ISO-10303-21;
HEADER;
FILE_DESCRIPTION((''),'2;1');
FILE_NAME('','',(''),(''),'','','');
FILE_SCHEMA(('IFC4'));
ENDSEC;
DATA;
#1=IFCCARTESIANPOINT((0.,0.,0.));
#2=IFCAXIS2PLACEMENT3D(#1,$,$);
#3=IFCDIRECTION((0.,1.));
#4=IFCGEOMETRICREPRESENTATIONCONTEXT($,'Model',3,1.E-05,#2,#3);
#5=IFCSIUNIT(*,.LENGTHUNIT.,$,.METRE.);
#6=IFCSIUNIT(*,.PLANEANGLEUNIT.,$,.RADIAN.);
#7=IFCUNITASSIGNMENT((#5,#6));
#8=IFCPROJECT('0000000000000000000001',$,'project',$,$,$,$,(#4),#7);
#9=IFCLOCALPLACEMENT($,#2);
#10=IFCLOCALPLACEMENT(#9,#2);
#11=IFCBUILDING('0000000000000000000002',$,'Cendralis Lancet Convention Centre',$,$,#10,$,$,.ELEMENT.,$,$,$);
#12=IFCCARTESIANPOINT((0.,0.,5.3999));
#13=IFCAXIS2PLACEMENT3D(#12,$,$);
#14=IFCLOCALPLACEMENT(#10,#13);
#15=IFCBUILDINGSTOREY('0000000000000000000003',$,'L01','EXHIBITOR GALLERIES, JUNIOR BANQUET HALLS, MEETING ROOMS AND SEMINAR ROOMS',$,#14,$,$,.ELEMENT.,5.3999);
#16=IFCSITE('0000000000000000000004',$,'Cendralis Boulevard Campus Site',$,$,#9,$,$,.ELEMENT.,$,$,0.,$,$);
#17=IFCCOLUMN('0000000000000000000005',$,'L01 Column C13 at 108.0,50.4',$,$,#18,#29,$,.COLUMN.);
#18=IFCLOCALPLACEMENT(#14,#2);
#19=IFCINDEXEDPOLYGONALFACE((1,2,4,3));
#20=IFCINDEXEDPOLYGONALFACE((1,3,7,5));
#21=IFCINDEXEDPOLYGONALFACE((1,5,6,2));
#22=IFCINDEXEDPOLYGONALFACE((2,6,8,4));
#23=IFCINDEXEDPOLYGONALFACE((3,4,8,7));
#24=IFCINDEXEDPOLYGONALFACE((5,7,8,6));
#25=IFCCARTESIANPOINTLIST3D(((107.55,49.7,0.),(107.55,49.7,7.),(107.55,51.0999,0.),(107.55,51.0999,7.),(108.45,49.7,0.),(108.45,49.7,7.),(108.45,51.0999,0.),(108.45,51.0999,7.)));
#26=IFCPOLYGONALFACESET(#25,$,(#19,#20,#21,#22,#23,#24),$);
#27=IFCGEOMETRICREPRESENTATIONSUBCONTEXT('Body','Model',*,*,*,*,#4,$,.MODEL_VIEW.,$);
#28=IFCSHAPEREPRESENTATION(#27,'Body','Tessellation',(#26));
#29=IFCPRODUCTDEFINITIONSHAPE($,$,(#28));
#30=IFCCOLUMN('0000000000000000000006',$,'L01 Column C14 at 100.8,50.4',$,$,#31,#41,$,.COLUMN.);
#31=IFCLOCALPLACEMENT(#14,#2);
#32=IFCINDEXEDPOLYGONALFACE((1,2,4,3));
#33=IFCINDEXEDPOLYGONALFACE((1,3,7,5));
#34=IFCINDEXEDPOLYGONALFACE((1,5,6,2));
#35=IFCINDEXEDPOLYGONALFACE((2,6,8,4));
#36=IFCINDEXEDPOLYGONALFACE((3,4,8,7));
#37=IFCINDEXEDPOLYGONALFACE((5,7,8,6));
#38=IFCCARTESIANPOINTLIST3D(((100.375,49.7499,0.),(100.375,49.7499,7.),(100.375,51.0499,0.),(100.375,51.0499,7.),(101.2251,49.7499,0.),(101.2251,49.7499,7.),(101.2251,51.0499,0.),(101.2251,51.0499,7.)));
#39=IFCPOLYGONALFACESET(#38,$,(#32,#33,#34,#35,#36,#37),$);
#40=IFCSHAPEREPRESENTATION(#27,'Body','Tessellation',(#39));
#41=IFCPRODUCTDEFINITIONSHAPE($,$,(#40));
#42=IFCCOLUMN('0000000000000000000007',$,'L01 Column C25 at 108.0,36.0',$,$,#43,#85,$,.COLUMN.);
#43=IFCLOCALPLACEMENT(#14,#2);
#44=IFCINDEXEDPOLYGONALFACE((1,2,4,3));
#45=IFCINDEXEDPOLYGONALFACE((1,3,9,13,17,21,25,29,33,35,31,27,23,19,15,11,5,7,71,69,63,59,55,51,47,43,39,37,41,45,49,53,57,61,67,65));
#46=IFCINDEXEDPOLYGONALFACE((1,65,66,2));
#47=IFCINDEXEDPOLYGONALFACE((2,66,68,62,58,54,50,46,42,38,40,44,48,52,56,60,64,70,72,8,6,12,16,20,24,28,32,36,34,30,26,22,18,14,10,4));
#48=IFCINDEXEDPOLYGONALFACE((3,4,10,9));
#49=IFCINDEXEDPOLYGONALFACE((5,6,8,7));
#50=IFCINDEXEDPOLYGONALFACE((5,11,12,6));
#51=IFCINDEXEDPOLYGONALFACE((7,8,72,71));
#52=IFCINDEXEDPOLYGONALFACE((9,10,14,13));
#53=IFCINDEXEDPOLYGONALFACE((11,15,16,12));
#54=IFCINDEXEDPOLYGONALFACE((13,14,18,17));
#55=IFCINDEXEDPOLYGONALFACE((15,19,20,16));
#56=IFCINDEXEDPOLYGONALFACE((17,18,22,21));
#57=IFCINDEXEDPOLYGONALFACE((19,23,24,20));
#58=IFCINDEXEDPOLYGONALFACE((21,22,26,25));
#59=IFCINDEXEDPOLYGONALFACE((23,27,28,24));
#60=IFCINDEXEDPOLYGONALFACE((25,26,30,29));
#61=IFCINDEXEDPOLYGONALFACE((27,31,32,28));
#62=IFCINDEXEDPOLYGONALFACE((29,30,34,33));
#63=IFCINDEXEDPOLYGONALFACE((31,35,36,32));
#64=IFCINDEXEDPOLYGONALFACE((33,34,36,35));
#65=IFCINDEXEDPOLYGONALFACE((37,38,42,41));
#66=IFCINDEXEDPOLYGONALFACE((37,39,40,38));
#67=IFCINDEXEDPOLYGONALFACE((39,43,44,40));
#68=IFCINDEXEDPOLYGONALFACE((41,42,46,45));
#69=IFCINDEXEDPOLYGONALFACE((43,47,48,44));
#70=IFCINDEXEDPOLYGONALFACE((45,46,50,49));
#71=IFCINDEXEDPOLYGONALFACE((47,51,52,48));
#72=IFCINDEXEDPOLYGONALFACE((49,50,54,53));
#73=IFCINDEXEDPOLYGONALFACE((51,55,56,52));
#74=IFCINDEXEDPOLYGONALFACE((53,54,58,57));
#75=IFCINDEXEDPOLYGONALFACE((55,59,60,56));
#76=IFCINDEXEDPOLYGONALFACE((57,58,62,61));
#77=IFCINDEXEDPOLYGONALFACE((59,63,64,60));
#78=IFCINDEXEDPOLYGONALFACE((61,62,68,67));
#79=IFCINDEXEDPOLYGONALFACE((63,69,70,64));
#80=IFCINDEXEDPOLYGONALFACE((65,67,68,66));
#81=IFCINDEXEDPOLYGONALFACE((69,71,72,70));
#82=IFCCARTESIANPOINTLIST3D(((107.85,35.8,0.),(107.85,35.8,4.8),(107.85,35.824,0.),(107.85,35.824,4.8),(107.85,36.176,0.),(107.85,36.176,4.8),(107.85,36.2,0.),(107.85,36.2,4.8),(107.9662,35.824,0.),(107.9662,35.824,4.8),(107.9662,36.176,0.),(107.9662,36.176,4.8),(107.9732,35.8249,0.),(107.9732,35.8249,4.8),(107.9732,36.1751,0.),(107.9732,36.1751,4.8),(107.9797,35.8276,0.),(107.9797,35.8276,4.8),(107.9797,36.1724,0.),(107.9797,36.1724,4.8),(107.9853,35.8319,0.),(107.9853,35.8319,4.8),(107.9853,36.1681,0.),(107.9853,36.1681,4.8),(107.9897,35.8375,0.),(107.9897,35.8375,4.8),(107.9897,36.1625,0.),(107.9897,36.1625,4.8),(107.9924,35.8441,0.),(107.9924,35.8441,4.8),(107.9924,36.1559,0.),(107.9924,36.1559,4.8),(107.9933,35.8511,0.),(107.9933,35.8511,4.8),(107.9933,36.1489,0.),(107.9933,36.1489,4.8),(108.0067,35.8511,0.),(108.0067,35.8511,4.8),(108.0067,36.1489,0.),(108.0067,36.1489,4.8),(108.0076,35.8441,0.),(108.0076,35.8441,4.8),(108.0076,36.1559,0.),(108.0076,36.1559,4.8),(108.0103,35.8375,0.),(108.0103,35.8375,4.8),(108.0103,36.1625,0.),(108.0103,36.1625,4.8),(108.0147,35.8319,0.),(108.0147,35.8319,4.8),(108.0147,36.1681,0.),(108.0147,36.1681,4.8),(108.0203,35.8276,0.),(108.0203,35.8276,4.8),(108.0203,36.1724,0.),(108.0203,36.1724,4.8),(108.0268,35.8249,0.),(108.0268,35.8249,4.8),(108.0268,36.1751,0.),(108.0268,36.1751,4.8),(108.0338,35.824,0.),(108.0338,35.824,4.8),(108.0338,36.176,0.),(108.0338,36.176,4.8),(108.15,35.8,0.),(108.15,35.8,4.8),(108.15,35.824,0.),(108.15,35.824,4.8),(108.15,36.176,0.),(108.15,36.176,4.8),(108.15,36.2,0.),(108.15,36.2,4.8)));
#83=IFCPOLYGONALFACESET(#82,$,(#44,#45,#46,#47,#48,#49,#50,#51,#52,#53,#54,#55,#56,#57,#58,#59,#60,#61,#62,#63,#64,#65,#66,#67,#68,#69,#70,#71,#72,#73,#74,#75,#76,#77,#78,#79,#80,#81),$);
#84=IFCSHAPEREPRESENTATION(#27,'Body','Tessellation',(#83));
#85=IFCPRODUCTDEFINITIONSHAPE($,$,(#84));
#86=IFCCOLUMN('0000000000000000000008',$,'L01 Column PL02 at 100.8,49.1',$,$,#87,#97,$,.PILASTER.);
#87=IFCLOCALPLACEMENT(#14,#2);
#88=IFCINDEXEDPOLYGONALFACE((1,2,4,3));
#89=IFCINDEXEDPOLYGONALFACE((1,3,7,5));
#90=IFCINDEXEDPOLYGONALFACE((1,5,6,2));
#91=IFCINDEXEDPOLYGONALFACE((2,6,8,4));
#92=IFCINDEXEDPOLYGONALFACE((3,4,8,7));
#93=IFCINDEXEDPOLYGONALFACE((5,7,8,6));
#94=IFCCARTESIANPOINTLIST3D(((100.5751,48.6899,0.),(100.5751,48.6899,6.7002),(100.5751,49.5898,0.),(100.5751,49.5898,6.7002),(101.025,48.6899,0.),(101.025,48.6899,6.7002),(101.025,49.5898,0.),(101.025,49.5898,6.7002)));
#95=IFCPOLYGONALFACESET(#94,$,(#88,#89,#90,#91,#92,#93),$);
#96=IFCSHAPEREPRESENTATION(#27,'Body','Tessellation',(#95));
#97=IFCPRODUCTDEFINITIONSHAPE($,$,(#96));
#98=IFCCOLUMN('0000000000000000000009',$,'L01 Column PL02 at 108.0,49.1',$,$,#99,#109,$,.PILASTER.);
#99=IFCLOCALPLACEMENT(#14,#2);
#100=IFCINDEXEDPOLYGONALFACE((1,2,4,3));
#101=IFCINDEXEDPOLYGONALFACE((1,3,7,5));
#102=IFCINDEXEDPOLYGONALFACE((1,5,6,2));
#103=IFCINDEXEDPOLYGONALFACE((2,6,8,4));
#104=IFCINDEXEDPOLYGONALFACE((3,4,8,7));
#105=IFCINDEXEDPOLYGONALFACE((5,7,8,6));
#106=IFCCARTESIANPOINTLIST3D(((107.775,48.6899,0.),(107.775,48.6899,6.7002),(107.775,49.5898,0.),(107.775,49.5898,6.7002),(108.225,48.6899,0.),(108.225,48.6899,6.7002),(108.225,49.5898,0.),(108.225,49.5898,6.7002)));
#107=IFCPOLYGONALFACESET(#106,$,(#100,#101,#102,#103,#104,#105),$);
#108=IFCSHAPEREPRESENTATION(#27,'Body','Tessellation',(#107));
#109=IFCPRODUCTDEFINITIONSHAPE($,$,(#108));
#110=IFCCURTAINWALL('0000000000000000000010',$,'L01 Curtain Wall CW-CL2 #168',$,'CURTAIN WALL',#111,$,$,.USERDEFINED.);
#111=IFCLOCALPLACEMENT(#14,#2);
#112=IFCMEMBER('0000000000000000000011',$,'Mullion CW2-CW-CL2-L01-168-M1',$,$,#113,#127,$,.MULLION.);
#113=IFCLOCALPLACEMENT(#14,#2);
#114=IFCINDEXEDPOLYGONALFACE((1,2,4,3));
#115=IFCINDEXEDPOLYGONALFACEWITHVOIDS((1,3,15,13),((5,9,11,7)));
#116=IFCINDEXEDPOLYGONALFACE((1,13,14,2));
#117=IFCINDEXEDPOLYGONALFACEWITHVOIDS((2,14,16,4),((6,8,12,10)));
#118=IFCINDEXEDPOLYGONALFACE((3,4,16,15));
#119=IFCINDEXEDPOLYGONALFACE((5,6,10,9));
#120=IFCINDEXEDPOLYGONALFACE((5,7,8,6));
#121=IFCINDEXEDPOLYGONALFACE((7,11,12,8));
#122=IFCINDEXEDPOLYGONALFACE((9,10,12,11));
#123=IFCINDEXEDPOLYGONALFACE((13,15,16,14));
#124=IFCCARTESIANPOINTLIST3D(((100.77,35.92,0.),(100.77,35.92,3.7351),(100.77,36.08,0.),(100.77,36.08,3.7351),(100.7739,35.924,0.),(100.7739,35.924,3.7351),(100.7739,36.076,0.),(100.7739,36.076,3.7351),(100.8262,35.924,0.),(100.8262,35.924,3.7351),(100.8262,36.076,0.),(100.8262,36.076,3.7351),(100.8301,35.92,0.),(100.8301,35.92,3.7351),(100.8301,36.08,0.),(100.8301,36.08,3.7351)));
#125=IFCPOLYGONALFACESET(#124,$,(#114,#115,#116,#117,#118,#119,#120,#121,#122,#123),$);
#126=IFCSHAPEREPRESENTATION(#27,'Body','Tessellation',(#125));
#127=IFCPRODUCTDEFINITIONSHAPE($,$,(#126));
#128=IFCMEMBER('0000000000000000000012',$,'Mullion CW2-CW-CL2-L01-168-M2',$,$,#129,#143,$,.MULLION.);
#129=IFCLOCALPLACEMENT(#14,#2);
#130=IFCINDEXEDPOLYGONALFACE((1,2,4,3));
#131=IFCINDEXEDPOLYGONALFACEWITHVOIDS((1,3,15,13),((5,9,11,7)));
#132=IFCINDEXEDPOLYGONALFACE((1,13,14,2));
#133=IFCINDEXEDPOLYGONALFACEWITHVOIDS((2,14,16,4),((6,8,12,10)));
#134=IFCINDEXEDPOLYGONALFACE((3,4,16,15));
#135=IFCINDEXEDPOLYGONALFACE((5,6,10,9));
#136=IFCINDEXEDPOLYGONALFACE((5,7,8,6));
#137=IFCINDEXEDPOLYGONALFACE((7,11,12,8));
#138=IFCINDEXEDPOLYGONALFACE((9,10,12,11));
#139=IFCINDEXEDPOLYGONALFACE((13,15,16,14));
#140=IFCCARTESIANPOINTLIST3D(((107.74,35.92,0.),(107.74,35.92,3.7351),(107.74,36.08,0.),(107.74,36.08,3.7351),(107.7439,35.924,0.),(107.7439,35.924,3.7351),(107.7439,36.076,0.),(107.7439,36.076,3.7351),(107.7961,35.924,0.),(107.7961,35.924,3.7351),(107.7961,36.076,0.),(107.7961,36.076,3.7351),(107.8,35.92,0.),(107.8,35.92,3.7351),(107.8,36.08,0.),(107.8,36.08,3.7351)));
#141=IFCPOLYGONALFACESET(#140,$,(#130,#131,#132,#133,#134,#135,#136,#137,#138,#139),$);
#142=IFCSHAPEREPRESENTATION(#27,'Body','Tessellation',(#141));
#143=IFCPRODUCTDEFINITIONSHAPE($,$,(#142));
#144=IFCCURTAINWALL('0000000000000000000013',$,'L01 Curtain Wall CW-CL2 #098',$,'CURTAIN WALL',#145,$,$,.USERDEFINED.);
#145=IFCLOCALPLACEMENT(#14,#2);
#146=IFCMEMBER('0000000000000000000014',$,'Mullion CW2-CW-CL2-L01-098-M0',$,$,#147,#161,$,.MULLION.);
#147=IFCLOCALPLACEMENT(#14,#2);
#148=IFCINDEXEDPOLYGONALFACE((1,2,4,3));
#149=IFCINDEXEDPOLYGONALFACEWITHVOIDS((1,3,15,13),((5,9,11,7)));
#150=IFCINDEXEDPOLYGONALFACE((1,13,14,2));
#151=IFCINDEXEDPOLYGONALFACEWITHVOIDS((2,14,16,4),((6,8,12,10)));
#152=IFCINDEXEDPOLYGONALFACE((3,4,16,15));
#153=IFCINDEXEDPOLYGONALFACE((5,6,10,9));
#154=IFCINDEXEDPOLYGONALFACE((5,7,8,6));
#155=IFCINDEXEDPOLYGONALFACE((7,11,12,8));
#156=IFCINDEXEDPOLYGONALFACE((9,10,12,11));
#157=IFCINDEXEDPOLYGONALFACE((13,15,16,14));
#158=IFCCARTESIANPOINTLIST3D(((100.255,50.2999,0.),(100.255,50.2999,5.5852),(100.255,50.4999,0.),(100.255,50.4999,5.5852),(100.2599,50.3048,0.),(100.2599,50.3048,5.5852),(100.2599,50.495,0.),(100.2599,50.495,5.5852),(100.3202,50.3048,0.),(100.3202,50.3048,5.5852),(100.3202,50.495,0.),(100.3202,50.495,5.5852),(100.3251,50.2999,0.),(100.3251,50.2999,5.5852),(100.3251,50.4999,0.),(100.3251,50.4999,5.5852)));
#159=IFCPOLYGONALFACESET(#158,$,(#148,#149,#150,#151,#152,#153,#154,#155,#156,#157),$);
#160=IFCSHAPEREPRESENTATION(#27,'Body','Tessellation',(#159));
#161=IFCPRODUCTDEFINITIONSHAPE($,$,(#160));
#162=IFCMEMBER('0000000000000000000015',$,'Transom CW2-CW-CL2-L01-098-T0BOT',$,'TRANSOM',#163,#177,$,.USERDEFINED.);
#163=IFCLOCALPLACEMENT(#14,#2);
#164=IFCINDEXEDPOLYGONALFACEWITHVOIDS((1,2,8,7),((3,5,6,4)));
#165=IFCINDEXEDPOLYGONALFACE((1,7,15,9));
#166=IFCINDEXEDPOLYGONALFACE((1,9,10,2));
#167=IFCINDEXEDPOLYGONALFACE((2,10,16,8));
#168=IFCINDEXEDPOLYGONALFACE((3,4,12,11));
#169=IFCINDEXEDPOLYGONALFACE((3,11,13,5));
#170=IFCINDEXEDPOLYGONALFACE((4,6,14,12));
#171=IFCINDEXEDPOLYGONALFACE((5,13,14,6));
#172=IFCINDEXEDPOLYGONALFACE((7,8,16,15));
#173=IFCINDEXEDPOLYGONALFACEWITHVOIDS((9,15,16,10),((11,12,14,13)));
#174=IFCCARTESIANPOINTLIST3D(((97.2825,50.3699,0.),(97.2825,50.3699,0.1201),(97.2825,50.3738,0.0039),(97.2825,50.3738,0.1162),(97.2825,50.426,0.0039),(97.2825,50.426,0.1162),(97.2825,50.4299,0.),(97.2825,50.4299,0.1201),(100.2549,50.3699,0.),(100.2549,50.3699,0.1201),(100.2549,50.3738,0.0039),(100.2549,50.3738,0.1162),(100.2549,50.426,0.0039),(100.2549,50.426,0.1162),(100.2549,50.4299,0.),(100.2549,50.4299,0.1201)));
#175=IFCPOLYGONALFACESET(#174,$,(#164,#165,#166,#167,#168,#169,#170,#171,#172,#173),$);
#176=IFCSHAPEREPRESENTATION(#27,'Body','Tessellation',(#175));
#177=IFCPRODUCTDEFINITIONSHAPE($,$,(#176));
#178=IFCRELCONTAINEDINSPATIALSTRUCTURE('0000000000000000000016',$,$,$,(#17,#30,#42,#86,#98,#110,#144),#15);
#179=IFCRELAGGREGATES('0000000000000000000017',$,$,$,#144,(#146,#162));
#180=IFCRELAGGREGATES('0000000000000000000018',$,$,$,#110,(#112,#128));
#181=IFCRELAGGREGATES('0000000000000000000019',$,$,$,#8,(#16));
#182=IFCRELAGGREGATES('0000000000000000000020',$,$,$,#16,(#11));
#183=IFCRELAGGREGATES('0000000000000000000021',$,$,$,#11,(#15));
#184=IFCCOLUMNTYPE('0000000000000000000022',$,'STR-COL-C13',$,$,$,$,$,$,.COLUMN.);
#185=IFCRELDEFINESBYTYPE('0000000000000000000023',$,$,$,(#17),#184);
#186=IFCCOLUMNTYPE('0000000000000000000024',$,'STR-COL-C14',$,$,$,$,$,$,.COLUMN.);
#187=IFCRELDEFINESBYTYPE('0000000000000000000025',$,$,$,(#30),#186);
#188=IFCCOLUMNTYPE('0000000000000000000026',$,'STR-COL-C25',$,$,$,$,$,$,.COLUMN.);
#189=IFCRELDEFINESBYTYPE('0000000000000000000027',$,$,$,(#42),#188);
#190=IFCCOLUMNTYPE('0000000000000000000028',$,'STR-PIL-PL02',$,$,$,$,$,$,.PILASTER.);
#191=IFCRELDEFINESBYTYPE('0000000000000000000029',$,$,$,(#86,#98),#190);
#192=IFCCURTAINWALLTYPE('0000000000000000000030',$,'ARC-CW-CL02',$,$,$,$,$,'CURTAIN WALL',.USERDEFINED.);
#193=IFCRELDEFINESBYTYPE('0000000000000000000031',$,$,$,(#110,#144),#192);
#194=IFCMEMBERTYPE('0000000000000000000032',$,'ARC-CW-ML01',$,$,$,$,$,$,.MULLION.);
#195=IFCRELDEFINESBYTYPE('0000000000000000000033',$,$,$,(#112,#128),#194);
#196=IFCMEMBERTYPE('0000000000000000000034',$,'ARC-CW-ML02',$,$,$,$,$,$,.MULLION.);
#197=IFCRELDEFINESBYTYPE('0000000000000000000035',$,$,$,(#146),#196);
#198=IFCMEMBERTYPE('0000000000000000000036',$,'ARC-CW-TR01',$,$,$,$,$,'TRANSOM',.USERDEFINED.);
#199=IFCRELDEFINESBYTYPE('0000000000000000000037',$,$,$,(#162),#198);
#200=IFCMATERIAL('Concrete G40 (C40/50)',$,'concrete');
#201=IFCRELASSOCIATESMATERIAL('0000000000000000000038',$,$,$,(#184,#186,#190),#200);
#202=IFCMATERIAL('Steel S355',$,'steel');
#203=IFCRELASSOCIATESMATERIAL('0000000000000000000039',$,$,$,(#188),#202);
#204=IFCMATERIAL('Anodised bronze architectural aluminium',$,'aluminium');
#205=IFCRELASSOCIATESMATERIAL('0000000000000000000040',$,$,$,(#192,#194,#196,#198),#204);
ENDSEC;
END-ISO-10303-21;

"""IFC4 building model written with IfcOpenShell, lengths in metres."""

from ifc_helpers import new_model, si_unit, direction, frame, origin, origin_2d, place, context, subcontext, project, spatial, rectangle, hollow_rectangle, i_section, extrude, material, material_profile, profile_set, type_object, element, aggregate, save


model = new_model("IFC4")

# Units and contexts
model_context = context("Model", 3, precision=1e-05, world=origin(), true_north=direction((0.0, 1.0)))
body_context = subcontext(model_context, "Body", "Model", "MODEL_VIEW")
ifc_project = project(units=[si_unit("LENGTHUNIT", "METRE"), si_unit("PLANEANGLEUNIT", "RADIAN")], contexts=[model_context])

# Site, building, storey
site_placement = place(None, origin())
site = spatial("IfcSite", under=ifc_project, at=site_placement, Name="Cendralis Boulevard Campus Site", CompositionType="ELEMENT", RefElevation=0.0)
building_placement = place(site_placement, origin())
building = spatial("IfcBuilding", under=site, at=building_placement, Name="Cendralis Lancet Convention Centre", CompositionType="ELEMENT")
storey_placement = place(building_placement, frame((0.0, 0.0, 5.3999)))
storey = spatial("IfcBuildingStorey", under=building, at=storey_placement, Name="L01", Description="EXHIBITOR GALLERIES, JUNIOR BANQUET HALLS, MEETING ROOMS AND SEMINAR ROOMS", CompositionType="ELEMENT", Elevation=5.3999)

# Columns
ifc_material_1 = material(Name="Concrete G40 (C40/50)", Category="concrete")
ifc_material_profile_1 = material_profile(ifc_material_1, rectangle(XDim=0.8999, YDim=1.3999, at=origin_2d()), Name="RC 900x1400")
ifc_profile_set_1 = profile_set([ifc_material_profile_1], Name="Concrete G40 (C40/50)")
column_type_1 = type_object("IfcColumnType", Name="STR-COL-C13", PredefinedType="COLUMN", material=ifc_profile_set_1)
column_1_placement = place(storey_placement, frame((108.0, 50.3999, 0.0), z_axis=(0.0, 0.0, 1.0), x_axis=(1.0, 0.0, 0.0)))
element("IfcColumn", 1, at=column_1_placement, inside=storey, type_object=column_type_1, Name="L01 Column C13 at 108.0,50.4", PredefinedType="COLUMN", context=body_context, shape_type="SweptSolid", body=[
    extrude(rectangle(XDim=0.8999, YDim=1.3999, at=origin_2d()), origin(), (0.0, 0.0, 1.0), 7.0),
])
ifc_material_profile_2 = material_profile(ifc_material_1, rectangle(XDim=0.8501, YDim=1.3, at=origin_2d()), Name="RC 850x1300")
ifc_profile_set_2 = profile_set([ifc_material_profile_2], Name="Concrete G40 (C40/50)")
column_type_2 = type_object("IfcColumnType", Name="STR-COL-C14", PredefinedType="COLUMN", material=ifc_profile_set_2)
column_2_placement = place(storey_placement, frame((100.8, 50.3999, 0.0), z_axis=(0.0, 0.0, 1.0), x_axis=(1.0, 0.0, 0.0)))
element("IfcColumn", 2, at=column_2_placement, inside=storey, type_object=column_type_2, Name="L01 Column C14 at 100.8,50.4", PredefinedType="COLUMN", context=body_context, shape_type="SweptSolid", body=[
    extrude(rectangle(XDim=0.8501, YDim=1.3, at=origin_2d()), origin(), (0.0, 0.0, 1.0), 7.0),
])
ifc_material_2 = material(Name="Steel S355", Category="steel")
ifc_material_profile_3 = material_profile(ifc_material_2, i_section(OverallWidth=0.3, OverallDepth=0.3999, WebThickness=0.0134, FlangeThickness=0.0239, FilletRadius=0.0271, at=origin_2d()), Name="HEB 400")
ifc_profile_set_3 = profile_set([ifc_material_profile_3], Name="Steel S355")
column_type_3 = type_object("IfcColumnType", Name="STR-COL-C25", PredefinedType="COLUMN", material=ifc_profile_set_3)
column_3_placement = place(storey_placement, frame((108.0, 36.0, 0.0), z_axis=(0.0, 0.0, 1.0), x_axis=(1.0, 0.0, 0.0)))
element("IfcColumn", 3, at=column_3_placement, inside=storey, type_object=column_type_3, Name="L01 Column C25 at 108.0,36.0", PredefinedType="COLUMN", context=body_context, shape_type="SweptSolid", body=[
    extrude(i_section(OverallWidth=0.3, OverallDepth=0.3999, WebThickness=0.0134, FlangeThickness=0.0239, FilletRadius=0.0271, at=origin_2d()), origin(), (0.0, 0.0, 1.0), 4.8),
])
ifc_material_profile_4 = material_profile(ifc_material_1, rectangle(XDim=0.45, YDim=0.8999, at=origin_2d()), Name="RC 450x900")
ifc_profile_set_4 = profile_set([ifc_material_profile_4], Name="Concrete G40 (C40/50)")
column_type_4 = type_object("IfcColumnType", Name="STR-PIL-PL02", PredefinedType="PILASTER", material=ifc_profile_set_4)
for number, where, z_axis, x_axis, name in (
    (4, (100.8, 49.1399, 0.0), (0.0, 0.0, 1.0), (1.0, 0.0, 0.0), "L01 Column PL02 at 100.8,49.1"),
    (5, (108.0, 49.1399, 0.0), (0.0, 0.0, 1.0), (1.0, 0.0, 0.0), "L01 Column PL02 at 108.0,49.1"),
):
    element("IfcColumn", number, at=place(storey_placement, frame(where, z_axis=z_axis, x_axis=x_axis)), inside=storey, type_object=column_type_4, Name=name, PredefinedType="PILASTER", context=body_context, shape_type="SweptSolid", body=[
        extrude(rectangle(XDim=0.45, YDim=0.8999, at=origin_2d()), origin(), (0.0, 0.0, 1.0), 6.7002),
    ])

# Curtain walls, members
ifc_material_3 = material(Name="Anodised bronze architectural aluminium", Category="aluminium")
curtain_wall_type = type_object("IfcCurtainWallType", Name="ARC-CW-CL02", ElementType="CURTAIN WALL", PredefinedType="USERDEFINED", material=ifc_material_3)
curtain_wall_1_placement = place(storey_placement, origin())
curtain_wall_1 = element("IfcCurtainWall", 6, at=curtain_wall_1_placement, inside=storey, type_object=curtain_wall_type, Name="L01 Curtain Wall CW-CL2 #168", ObjectType="CURTAIN WALL", PredefinedType="USERDEFINED")
ifc_material_profile_5 = material_profile(ifc_material_3, hollow_rectangle(XDim=0.0601, YDim=0.1599, WallThickness=0.0039, at=origin_2d()), Name="AL-MULL 60x160x4.0")
ifc_profile_set_5 = profile_set([ifc_material_profile_5], Name="Anodised bronze architectural aluminium")
member_type_1 = type_object("IfcMemberType", Name="ARC-CW-ML01", PredefinedType="MULLION", material=ifc_profile_set_5)
member_1_placement = place(storey_placement, frame((100.8, 36.0, 0.0), z_axis=(0.0, 0.0, 1.0), x_axis=(1.0, 0.0, 0.0)))
member_1 = element("IfcMember", 7, at=member_1_placement, type_object=member_type_1, Name="Mullion CW2-CW-CL2-L01-168-M1", PredefinedType="MULLION", context=body_context, shape_type="SweptSolid", body=[
    extrude(hollow_rectangle(XDim=0.0601, YDim=0.1599, WallThickness=0.0039, at=origin_2d()), origin(), (0.0, 0.0, 1.0), 3.7351),
])
member_2_placement = place(storey_placement, frame((107.77, 36.0, 0.0), z_axis=(0.0, 0.0, 1.0), x_axis=(1.0, 0.0, 0.0)))
member_2 = element("IfcMember", 8, at=member_2_placement, type_object=member_type_1, Name="Mullion CW2-CW-CL2-L01-168-M2", PredefinedType="MULLION", context=body_context, shape_type="SweptSolid", body=[
    extrude(hollow_rectangle(XDim=0.0601, YDim=0.1599, WallThickness=0.0039, at=origin_2d()), origin(), (0.0, 0.0, 1.0), 3.7351),
])
curtain_wall_2_placement = place(storey_placement, origin())
curtain_wall_2 = element("IfcCurtainWall", 9, at=curtain_wall_2_placement, inside=storey, type_object=curtain_wall_type, Name="L01 Curtain Wall CW-CL2 #098", ObjectType="CURTAIN WALL", PredefinedType="USERDEFINED")
ifc_material_profile_6 = material_profile(ifc_material_3, hollow_rectangle(XDim=0.0701, YDim=0.2, WallThickness=0.0049, at=origin_2d()), Name="AL-MULL 70x200x5.0")
ifc_profile_set_6 = profile_set([ifc_material_profile_6], Name="Anodised bronze architectural aluminium")
member_type_2 = type_object("IfcMemberType", Name="ARC-CW-ML02", PredefinedType="MULLION", material=ifc_profile_set_6)
member_3_placement = place(storey_placement, frame((100.29, 50.3999, 0.0), z_axis=(0.0, 0.0, 1.0), x_axis=(1.0, 0.0, 0.0)))
member_3 = element("IfcMember", 10, at=member_3_placement, type_object=member_type_2, Name="Mullion CW2-CW-CL2-L01-098-M0", PredefinedType="MULLION", context=body_context, shape_type="SweptSolid", body=[
    extrude(hollow_rectangle(XDim=0.0701, YDim=0.2, WallThickness=0.0049, at=origin_2d()), origin(), (0.0, 0.0, 1.0), 5.5852),
])
ifc_material_profile_7 = material_profile(ifc_material_3, hollow_rectangle(XDim=0.0601, YDim=0.1201, WallThickness=0.0039, at=origin_2d()), Name="AL-TRAN 60x120x4.0")
ifc_profile_set_7 = profile_set([ifc_material_profile_7], Name="Anodised bronze architectural aluminium")
member_type_3 = type_object("IfcMemberType", Name="ARC-CW-TR01", ElementType="TRANSOM", PredefinedType="USERDEFINED", material=ifc_profile_set_7)
member_4_placement = place(storey_placement, frame((100.2549, 50.3999, 0.0601), z_axis=(-1.0, 0.0, 0.0), x_axis=(0.0, -1.0, 0.0)))
member_4 = element("IfcMember", 11, at=member_4_placement, type_object=member_type_3, Name="Transom CW2-CW-CL2-L01-098-T0BOT", ObjectType="TRANSOM", PredefinedType="USERDEFINED", context=body_context, shape_type="SweptSolid", body=[
    extrude(hollow_rectangle(XDim=0.0601, YDim=0.1201, WallThickness=0.0039, at=origin_2d()), origin(), (0.0, 0.0, 1.0), 2.9724),
])
aggregate(curtain_wall_2, [member_3, member_4])

aggregate(curtain_wall_1, [member_1, member_2])

save(model, "model.ifc")
